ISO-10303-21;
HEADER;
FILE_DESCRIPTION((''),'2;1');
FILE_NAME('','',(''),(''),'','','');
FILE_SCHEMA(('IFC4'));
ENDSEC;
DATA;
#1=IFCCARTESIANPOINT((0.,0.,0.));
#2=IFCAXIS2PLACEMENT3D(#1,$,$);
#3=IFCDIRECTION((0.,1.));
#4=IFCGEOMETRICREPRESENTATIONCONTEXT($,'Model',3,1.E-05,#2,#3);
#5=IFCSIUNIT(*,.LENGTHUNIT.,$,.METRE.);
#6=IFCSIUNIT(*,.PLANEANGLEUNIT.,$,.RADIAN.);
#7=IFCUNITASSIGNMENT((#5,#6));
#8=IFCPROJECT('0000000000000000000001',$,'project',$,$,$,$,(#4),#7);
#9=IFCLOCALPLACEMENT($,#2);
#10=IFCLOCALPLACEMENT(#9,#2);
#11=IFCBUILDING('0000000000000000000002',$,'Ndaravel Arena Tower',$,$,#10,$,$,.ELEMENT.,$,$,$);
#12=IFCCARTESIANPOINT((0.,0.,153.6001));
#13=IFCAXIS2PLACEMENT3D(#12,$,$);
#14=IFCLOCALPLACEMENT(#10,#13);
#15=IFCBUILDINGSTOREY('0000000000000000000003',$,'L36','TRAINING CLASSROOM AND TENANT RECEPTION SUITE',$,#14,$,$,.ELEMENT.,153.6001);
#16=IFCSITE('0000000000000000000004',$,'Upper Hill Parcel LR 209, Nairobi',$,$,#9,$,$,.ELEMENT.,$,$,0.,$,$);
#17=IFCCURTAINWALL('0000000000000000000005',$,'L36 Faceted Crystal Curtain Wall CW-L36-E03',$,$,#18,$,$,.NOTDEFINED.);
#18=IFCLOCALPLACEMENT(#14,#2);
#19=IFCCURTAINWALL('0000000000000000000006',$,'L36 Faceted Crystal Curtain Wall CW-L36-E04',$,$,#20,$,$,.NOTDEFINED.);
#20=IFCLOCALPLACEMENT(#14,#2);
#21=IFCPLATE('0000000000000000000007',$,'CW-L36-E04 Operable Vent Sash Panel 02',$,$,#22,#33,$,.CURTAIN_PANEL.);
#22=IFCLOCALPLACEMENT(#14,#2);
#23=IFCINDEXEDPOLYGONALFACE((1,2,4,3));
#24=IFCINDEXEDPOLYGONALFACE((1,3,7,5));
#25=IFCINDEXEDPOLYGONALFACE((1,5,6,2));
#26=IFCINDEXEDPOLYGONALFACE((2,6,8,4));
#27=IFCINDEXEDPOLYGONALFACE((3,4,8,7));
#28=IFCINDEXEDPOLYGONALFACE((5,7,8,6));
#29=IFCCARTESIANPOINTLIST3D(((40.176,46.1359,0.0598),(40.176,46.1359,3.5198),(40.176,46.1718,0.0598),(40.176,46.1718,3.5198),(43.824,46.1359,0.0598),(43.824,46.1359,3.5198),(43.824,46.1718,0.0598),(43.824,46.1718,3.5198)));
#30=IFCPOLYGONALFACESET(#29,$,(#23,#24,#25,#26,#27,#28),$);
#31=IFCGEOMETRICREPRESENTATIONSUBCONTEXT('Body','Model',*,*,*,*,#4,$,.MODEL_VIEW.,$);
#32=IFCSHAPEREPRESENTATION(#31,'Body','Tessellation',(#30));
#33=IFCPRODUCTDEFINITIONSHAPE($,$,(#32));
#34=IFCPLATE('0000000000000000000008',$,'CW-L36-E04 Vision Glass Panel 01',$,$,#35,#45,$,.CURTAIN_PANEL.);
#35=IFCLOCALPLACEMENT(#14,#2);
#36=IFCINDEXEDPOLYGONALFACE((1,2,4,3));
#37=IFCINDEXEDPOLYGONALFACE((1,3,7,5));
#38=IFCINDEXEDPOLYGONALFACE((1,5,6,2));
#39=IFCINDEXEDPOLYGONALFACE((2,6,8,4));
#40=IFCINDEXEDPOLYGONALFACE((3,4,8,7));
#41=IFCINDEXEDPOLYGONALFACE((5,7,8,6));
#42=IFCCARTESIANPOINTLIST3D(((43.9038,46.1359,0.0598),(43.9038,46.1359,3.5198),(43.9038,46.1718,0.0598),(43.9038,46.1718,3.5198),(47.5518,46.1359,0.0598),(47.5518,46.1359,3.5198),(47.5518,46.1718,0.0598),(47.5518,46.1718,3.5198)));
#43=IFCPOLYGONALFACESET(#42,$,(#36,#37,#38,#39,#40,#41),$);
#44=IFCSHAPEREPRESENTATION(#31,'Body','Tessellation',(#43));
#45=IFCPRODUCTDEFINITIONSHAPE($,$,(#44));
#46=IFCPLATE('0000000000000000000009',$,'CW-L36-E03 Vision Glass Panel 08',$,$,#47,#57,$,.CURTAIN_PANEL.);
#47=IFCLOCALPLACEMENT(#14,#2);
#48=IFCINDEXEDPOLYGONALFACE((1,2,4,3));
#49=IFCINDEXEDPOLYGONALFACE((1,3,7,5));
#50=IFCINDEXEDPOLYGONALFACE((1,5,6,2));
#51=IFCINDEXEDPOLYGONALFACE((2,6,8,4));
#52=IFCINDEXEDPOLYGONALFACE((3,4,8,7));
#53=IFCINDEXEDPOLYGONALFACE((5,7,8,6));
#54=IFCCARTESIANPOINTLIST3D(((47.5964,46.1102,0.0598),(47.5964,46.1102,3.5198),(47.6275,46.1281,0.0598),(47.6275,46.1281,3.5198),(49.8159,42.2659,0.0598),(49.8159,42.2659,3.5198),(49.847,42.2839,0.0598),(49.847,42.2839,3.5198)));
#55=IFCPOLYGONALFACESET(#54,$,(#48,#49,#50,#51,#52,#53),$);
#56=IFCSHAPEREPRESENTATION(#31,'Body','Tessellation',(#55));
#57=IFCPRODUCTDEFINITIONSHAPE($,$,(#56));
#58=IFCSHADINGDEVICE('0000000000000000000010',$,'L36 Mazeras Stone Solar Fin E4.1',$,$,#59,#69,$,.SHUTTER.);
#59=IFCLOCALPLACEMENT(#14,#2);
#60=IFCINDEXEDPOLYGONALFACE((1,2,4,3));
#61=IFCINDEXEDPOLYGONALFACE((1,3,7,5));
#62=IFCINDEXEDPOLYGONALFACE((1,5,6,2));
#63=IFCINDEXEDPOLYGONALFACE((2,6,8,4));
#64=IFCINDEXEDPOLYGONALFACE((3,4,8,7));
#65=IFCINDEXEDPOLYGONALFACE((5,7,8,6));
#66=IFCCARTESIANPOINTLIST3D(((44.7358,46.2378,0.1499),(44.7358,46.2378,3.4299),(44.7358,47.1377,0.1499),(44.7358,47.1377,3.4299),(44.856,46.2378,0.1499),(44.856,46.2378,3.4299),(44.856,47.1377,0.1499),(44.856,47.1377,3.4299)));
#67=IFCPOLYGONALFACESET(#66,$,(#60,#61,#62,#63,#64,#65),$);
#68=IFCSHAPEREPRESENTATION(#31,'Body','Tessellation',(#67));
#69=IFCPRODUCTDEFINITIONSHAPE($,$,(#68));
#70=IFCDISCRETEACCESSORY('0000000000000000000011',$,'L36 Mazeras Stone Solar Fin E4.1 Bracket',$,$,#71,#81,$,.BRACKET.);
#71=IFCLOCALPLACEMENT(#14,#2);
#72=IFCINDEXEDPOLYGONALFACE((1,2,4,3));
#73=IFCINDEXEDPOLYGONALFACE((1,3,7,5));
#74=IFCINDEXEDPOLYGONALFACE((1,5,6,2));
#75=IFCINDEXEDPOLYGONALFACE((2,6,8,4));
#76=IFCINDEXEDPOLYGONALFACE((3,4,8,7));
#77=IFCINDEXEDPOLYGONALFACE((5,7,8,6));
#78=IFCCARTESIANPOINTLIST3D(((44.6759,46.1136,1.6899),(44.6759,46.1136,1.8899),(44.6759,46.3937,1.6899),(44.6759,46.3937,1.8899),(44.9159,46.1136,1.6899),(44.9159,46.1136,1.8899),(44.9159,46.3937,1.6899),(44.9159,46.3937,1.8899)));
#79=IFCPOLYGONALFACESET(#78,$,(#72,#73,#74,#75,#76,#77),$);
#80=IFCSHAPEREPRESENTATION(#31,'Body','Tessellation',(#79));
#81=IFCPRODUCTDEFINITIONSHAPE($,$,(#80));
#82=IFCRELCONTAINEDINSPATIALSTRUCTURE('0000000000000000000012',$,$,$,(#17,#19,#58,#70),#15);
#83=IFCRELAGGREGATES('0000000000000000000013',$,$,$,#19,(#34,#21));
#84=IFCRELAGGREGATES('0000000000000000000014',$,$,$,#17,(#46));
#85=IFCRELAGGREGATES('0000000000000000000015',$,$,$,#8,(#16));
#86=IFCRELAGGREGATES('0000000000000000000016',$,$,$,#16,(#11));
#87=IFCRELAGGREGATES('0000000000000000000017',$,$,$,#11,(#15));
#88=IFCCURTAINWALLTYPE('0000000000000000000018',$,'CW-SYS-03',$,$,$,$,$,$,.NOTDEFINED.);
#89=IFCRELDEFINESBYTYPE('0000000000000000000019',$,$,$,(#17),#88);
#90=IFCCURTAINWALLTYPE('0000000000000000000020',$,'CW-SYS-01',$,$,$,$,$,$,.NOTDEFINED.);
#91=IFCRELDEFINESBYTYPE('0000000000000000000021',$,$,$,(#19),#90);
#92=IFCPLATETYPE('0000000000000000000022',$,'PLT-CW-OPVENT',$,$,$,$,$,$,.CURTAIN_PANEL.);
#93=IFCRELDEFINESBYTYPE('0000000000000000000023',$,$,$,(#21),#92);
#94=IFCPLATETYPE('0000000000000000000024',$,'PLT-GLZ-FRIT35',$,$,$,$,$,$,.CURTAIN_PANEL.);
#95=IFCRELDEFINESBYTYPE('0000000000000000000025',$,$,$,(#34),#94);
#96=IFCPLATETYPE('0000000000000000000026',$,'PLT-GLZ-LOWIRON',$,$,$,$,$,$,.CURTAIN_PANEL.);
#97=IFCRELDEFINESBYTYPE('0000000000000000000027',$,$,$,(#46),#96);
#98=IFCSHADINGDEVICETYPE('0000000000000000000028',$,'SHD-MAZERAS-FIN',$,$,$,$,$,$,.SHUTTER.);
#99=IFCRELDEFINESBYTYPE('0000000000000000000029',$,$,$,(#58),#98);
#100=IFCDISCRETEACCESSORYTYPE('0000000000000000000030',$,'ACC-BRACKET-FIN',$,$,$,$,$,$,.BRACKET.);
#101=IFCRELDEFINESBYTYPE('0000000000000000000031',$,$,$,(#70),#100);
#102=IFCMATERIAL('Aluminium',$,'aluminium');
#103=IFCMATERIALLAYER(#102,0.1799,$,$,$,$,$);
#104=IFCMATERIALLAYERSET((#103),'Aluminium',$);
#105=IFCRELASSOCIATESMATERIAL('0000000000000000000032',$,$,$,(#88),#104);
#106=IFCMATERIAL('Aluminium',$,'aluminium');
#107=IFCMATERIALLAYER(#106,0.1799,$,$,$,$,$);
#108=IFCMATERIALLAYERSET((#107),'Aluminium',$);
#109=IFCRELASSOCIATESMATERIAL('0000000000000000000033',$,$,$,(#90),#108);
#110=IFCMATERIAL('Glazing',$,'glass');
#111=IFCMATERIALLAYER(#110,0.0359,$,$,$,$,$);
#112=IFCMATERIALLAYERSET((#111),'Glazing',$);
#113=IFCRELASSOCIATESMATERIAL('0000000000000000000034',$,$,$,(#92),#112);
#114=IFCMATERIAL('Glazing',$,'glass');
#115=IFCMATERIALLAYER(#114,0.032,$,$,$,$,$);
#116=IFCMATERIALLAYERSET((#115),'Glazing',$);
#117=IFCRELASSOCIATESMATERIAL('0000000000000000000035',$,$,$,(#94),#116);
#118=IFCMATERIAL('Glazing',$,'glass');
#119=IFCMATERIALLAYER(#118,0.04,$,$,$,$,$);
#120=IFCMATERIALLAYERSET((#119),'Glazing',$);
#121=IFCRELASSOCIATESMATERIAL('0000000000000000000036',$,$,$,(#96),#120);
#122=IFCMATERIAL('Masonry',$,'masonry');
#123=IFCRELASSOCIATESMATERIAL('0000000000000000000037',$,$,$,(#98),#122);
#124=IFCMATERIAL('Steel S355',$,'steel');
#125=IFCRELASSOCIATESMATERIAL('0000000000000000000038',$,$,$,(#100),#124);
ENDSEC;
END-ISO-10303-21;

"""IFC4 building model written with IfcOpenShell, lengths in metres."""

from ifc_helpers import new_model, si_unit, direction, frame, origin, origin_2d, place, context, subcontext, project, spatial, rectangle, extrude, material, layer, layer_set, type_object, element, aggregate, save


model = new_model("IFC4")

# Units and contexts
model_context = context("Model", 3, precision=1e-05, world=origin(), true_north=direction((0.0, 1.0)))
body_context = subcontext(model_context, "Body", "Model", "MODEL_VIEW")
ifc_project = project(units=[si_unit("LENGTHUNIT", "METRE"), si_unit("PLANEANGLEUNIT", "RADIAN")], contexts=[model_context])

# Site, building, storey
site_placement = place(None, origin())
site = spatial("IfcSite", under=ifc_project, at=site_placement, Name="Upper Hill Parcel LR 209, Nairobi", CompositionType="ELEMENT", RefElevation=0.0)
building_placement = place(site_placement, origin())
building = spatial("IfcBuilding", under=site, at=building_placement, Name="Ndaravel Arena Tower", CompositionType="ELEMENT")
storey_placement = place(building_placement, frame((0.0, 0.0, 153.6001)))
storey = spatial("IfcBuildingStorey", under=building, at=storey_placement, Name="L36", Description="TRAINING CLASSROOM AND TENANT RECEPTION SUITE", CompositionType="ELEMENT", Elevation=153.6001)

# Curtain wall
ifc_material_1 = material(Name="Aluminium", Category="aluminium")
ifc_layer_1 = layer(ifc_material_1, 0.1799)
ifc_layer_set_1 = layer_set([ifc_layer_1], Name="Aluminium")
curtain_wall_type_1 = type_object("IfcCurtainWallType", Name="CW-SYS-03", PredefinedType="NOTDEFINED", material=ifc_layer_set_1)
curtain_wall_1_placement = place(storey_placement, origin())
curtain_wall_1 = element("IfcCurtainWall", 1, at=curtain_wall_1_placement, inside=storey, type_object=curtain_wall_type_1, Name="L36 Faceted Crystal Curtain Wall CW-L36-E03", PredefinedType="NOTDEFINED")

# Curtain wall, plates
ifc_material_2 = material(Name="Aluminium", Category="aluminium")
ifc_layer_2 = layer(ifc_material_2, 0.1799)
ifc_layer_set_2 = layer_set([ifc_layer_2], Name="Aluminium")
curtain_wall_type_2 = type_object("IfcCurtainWallType", Name="CW-SYS-01", PredefinedType="NOTDEFINED", material=ifc_layer_set_2)
curtain_wall_2_placement = place(storey_placement, origin())
curtain_wall_2 = element("IfcCurtainWall", 2, at=curtain_wall_2_placement, inside=storey, type_object=curtain_wall_type_2, Name="L36 Faceted Crystal Curtain Wall CW-L36-E04", PredefinedType="NOTDEFINED")
ifc_material_3 = material(Name="Glazing", Category="glass")
ifc_layer_3 = layer(ifc_material_3, 0.0359)
ifc_layer_set_3 = layer_set([ifc_layer_3], Name="Glazing")
plate_type_1 = type_object("IfcPlateType", Name="PLT-CW-OPVENT", PredefinedType="CURTAIN_PANEL", material=ifc_layer_set_3)
plate_1_placement = place(storey_placement, frame((42.0, 46.1538, 0.0598), z_axis=(0.0, 0.0, 1.0), x_axis=(-1.0, 0.0, 0.0)))
plate_1 = element("IfcPlate", 3, at=plate_1_placement, type_object=plate_type_1, Name="CW-L36-E04 Operable Vent Sash Panel 02", PredefinedType="CURTAIN_PANEL", context=body_context, shape_type="SweptSolid", body=[
    extrude(rectangle(XDim=3.6479, YDim=0.0359, at=origin_2d()), origin(), (0.0, 0.0, 1.0), 3.46),
])
ifc_material_4 = material(Name="Glazing", Category="glass")
ifc_layer_4 = layer(ifc_material_4, 0.032)
ifc_layer_set_4 = layer_set([ifc_layer_4], Name="Glazing")
plate_type_2 = type_object("IfcPlateType", Name="PLT-GLZ-FRIT35", PredefinedType="CURTAIN_PANEL", material=ifc_layer_set_4)
plate_2_placement = place(storey_placement, frame((45.7278, 46.1538, 0.0598), z_axis=(0.0, 0.0, 1.0), x_axis=(-1.0, 0.0, 0.0)))
plate_2 = element("IfcPlate", 4, at=plate_2_placement, type_object=plate_type_2, Name="CW-L36-E04 Vision Glass Panel 01", PredefinedType="CURTAIN_PANEL", context=body_context, shape_type="SweptSolid", body=[
    extrude(rectangle(XDim=3.6479, YDim=0.0359, at=origin_2d()), origin(), (0.0, 0.0, 1.0), 3.46),
])
aggregate(curtain_wall_2, [plate_2, plate_1])

# Plate
ifc_material_5 = material(Name="Glazing", Category="glass")
ifc_layer_5 = layer(ifc_material_5, 0.04)
ifc_layer_set_5 = layer_set([ifc_layer_5], Name="Glazing")
plate_type_3 = type_object("IfcPlateType", Name="PLT-GLZ-LOWIRON", PredefinedType="CURTAIN_PANEL", material=ifc_layer_set_5)
plate_3_placement = place(storey_placement, frame((48.7217, 44.197, 0.0598), z_axis=(0.0, 0.0, 1.0), x_axis=(-0.5, 0.866025, 0.0)))
plate_3 = element("IfcPlate", 5, at=plate_3_placement, type_object=plate_type_3, Name="CW-L36-E03 Vision Glass Panel 08", PredefinedType="CURTAIN_PANEL", context=body_context, shape_type="SweptSolid", body=[
    extrude(rectangle(XDim=4.439, YDim=0.0359, at=origin_2d()), origin(), (0.0, 0.0, 1.0), 3.46),
])
aggregate(curtain_wall_1, [plate_3])

# Shading device
ifc_material_6 = material(Name="Masonry", Category="masonry")
shading_device_type = type_object("IfcShadingDeviceType", Name="SHD-MAZERAS-FIN", PredefinedType="SHUTTER", material=ifc_material_6)
shading_device_placement = place(storey_placement, frame((44.7959, 46.6877, 0.1499), z_axis=(0.0, 0.0, 1.0), x_axis=(0.0, 1.0, 0.0)))
element("IfcShadingDevice", 6, at=shading_device_placement, inside=storey, type_object=shading_device_type, Name="L36 Mazeras Stone Solar Fin E4.1", PredefinedType="SHUTTER", context=body_context, shape_type="SweptSolid", body=[
    extrude(rectangle(XDim=0.8999, YDim=0.1201, at=origin_2d()), origin(), (0.0, 0.0, 1.0), 3.28),
])

# Discrete accessory
ifc_material_7 = material(Name="Steel S355", Category="steel")
discrete_accessory_type = type_object("IfcDiscreteAccessoryType", Name="ACC-BRACKET-FIN", PredefinedType="BRACKET", material=ifc_material_7)
discrete_accessory_placement = place(storey_placement, frame((44.7959, 46.2537, 1.6899), z_axis=(0.0, 0.0, 1.0), x_axis=(0.0, 1.0, 0.0)))
element("IfcDiscreteAccessory", 7, at=discrete_accessory_placement, inside=storey, type_object=discrete_accessory_type, Name="L36 Mazeras Stone Solar Fin E4.1 Bracket", PredefinedType="BRACKET", context=body_context, shape_type="SweptSolid", body=[
    extrude(rectangle(XDim=0.28, YDim=0.24, at=origin_2d()), origin(), (0.0, 0.0, 1.0), 0.2),
])

save(model, "model.ifc")
